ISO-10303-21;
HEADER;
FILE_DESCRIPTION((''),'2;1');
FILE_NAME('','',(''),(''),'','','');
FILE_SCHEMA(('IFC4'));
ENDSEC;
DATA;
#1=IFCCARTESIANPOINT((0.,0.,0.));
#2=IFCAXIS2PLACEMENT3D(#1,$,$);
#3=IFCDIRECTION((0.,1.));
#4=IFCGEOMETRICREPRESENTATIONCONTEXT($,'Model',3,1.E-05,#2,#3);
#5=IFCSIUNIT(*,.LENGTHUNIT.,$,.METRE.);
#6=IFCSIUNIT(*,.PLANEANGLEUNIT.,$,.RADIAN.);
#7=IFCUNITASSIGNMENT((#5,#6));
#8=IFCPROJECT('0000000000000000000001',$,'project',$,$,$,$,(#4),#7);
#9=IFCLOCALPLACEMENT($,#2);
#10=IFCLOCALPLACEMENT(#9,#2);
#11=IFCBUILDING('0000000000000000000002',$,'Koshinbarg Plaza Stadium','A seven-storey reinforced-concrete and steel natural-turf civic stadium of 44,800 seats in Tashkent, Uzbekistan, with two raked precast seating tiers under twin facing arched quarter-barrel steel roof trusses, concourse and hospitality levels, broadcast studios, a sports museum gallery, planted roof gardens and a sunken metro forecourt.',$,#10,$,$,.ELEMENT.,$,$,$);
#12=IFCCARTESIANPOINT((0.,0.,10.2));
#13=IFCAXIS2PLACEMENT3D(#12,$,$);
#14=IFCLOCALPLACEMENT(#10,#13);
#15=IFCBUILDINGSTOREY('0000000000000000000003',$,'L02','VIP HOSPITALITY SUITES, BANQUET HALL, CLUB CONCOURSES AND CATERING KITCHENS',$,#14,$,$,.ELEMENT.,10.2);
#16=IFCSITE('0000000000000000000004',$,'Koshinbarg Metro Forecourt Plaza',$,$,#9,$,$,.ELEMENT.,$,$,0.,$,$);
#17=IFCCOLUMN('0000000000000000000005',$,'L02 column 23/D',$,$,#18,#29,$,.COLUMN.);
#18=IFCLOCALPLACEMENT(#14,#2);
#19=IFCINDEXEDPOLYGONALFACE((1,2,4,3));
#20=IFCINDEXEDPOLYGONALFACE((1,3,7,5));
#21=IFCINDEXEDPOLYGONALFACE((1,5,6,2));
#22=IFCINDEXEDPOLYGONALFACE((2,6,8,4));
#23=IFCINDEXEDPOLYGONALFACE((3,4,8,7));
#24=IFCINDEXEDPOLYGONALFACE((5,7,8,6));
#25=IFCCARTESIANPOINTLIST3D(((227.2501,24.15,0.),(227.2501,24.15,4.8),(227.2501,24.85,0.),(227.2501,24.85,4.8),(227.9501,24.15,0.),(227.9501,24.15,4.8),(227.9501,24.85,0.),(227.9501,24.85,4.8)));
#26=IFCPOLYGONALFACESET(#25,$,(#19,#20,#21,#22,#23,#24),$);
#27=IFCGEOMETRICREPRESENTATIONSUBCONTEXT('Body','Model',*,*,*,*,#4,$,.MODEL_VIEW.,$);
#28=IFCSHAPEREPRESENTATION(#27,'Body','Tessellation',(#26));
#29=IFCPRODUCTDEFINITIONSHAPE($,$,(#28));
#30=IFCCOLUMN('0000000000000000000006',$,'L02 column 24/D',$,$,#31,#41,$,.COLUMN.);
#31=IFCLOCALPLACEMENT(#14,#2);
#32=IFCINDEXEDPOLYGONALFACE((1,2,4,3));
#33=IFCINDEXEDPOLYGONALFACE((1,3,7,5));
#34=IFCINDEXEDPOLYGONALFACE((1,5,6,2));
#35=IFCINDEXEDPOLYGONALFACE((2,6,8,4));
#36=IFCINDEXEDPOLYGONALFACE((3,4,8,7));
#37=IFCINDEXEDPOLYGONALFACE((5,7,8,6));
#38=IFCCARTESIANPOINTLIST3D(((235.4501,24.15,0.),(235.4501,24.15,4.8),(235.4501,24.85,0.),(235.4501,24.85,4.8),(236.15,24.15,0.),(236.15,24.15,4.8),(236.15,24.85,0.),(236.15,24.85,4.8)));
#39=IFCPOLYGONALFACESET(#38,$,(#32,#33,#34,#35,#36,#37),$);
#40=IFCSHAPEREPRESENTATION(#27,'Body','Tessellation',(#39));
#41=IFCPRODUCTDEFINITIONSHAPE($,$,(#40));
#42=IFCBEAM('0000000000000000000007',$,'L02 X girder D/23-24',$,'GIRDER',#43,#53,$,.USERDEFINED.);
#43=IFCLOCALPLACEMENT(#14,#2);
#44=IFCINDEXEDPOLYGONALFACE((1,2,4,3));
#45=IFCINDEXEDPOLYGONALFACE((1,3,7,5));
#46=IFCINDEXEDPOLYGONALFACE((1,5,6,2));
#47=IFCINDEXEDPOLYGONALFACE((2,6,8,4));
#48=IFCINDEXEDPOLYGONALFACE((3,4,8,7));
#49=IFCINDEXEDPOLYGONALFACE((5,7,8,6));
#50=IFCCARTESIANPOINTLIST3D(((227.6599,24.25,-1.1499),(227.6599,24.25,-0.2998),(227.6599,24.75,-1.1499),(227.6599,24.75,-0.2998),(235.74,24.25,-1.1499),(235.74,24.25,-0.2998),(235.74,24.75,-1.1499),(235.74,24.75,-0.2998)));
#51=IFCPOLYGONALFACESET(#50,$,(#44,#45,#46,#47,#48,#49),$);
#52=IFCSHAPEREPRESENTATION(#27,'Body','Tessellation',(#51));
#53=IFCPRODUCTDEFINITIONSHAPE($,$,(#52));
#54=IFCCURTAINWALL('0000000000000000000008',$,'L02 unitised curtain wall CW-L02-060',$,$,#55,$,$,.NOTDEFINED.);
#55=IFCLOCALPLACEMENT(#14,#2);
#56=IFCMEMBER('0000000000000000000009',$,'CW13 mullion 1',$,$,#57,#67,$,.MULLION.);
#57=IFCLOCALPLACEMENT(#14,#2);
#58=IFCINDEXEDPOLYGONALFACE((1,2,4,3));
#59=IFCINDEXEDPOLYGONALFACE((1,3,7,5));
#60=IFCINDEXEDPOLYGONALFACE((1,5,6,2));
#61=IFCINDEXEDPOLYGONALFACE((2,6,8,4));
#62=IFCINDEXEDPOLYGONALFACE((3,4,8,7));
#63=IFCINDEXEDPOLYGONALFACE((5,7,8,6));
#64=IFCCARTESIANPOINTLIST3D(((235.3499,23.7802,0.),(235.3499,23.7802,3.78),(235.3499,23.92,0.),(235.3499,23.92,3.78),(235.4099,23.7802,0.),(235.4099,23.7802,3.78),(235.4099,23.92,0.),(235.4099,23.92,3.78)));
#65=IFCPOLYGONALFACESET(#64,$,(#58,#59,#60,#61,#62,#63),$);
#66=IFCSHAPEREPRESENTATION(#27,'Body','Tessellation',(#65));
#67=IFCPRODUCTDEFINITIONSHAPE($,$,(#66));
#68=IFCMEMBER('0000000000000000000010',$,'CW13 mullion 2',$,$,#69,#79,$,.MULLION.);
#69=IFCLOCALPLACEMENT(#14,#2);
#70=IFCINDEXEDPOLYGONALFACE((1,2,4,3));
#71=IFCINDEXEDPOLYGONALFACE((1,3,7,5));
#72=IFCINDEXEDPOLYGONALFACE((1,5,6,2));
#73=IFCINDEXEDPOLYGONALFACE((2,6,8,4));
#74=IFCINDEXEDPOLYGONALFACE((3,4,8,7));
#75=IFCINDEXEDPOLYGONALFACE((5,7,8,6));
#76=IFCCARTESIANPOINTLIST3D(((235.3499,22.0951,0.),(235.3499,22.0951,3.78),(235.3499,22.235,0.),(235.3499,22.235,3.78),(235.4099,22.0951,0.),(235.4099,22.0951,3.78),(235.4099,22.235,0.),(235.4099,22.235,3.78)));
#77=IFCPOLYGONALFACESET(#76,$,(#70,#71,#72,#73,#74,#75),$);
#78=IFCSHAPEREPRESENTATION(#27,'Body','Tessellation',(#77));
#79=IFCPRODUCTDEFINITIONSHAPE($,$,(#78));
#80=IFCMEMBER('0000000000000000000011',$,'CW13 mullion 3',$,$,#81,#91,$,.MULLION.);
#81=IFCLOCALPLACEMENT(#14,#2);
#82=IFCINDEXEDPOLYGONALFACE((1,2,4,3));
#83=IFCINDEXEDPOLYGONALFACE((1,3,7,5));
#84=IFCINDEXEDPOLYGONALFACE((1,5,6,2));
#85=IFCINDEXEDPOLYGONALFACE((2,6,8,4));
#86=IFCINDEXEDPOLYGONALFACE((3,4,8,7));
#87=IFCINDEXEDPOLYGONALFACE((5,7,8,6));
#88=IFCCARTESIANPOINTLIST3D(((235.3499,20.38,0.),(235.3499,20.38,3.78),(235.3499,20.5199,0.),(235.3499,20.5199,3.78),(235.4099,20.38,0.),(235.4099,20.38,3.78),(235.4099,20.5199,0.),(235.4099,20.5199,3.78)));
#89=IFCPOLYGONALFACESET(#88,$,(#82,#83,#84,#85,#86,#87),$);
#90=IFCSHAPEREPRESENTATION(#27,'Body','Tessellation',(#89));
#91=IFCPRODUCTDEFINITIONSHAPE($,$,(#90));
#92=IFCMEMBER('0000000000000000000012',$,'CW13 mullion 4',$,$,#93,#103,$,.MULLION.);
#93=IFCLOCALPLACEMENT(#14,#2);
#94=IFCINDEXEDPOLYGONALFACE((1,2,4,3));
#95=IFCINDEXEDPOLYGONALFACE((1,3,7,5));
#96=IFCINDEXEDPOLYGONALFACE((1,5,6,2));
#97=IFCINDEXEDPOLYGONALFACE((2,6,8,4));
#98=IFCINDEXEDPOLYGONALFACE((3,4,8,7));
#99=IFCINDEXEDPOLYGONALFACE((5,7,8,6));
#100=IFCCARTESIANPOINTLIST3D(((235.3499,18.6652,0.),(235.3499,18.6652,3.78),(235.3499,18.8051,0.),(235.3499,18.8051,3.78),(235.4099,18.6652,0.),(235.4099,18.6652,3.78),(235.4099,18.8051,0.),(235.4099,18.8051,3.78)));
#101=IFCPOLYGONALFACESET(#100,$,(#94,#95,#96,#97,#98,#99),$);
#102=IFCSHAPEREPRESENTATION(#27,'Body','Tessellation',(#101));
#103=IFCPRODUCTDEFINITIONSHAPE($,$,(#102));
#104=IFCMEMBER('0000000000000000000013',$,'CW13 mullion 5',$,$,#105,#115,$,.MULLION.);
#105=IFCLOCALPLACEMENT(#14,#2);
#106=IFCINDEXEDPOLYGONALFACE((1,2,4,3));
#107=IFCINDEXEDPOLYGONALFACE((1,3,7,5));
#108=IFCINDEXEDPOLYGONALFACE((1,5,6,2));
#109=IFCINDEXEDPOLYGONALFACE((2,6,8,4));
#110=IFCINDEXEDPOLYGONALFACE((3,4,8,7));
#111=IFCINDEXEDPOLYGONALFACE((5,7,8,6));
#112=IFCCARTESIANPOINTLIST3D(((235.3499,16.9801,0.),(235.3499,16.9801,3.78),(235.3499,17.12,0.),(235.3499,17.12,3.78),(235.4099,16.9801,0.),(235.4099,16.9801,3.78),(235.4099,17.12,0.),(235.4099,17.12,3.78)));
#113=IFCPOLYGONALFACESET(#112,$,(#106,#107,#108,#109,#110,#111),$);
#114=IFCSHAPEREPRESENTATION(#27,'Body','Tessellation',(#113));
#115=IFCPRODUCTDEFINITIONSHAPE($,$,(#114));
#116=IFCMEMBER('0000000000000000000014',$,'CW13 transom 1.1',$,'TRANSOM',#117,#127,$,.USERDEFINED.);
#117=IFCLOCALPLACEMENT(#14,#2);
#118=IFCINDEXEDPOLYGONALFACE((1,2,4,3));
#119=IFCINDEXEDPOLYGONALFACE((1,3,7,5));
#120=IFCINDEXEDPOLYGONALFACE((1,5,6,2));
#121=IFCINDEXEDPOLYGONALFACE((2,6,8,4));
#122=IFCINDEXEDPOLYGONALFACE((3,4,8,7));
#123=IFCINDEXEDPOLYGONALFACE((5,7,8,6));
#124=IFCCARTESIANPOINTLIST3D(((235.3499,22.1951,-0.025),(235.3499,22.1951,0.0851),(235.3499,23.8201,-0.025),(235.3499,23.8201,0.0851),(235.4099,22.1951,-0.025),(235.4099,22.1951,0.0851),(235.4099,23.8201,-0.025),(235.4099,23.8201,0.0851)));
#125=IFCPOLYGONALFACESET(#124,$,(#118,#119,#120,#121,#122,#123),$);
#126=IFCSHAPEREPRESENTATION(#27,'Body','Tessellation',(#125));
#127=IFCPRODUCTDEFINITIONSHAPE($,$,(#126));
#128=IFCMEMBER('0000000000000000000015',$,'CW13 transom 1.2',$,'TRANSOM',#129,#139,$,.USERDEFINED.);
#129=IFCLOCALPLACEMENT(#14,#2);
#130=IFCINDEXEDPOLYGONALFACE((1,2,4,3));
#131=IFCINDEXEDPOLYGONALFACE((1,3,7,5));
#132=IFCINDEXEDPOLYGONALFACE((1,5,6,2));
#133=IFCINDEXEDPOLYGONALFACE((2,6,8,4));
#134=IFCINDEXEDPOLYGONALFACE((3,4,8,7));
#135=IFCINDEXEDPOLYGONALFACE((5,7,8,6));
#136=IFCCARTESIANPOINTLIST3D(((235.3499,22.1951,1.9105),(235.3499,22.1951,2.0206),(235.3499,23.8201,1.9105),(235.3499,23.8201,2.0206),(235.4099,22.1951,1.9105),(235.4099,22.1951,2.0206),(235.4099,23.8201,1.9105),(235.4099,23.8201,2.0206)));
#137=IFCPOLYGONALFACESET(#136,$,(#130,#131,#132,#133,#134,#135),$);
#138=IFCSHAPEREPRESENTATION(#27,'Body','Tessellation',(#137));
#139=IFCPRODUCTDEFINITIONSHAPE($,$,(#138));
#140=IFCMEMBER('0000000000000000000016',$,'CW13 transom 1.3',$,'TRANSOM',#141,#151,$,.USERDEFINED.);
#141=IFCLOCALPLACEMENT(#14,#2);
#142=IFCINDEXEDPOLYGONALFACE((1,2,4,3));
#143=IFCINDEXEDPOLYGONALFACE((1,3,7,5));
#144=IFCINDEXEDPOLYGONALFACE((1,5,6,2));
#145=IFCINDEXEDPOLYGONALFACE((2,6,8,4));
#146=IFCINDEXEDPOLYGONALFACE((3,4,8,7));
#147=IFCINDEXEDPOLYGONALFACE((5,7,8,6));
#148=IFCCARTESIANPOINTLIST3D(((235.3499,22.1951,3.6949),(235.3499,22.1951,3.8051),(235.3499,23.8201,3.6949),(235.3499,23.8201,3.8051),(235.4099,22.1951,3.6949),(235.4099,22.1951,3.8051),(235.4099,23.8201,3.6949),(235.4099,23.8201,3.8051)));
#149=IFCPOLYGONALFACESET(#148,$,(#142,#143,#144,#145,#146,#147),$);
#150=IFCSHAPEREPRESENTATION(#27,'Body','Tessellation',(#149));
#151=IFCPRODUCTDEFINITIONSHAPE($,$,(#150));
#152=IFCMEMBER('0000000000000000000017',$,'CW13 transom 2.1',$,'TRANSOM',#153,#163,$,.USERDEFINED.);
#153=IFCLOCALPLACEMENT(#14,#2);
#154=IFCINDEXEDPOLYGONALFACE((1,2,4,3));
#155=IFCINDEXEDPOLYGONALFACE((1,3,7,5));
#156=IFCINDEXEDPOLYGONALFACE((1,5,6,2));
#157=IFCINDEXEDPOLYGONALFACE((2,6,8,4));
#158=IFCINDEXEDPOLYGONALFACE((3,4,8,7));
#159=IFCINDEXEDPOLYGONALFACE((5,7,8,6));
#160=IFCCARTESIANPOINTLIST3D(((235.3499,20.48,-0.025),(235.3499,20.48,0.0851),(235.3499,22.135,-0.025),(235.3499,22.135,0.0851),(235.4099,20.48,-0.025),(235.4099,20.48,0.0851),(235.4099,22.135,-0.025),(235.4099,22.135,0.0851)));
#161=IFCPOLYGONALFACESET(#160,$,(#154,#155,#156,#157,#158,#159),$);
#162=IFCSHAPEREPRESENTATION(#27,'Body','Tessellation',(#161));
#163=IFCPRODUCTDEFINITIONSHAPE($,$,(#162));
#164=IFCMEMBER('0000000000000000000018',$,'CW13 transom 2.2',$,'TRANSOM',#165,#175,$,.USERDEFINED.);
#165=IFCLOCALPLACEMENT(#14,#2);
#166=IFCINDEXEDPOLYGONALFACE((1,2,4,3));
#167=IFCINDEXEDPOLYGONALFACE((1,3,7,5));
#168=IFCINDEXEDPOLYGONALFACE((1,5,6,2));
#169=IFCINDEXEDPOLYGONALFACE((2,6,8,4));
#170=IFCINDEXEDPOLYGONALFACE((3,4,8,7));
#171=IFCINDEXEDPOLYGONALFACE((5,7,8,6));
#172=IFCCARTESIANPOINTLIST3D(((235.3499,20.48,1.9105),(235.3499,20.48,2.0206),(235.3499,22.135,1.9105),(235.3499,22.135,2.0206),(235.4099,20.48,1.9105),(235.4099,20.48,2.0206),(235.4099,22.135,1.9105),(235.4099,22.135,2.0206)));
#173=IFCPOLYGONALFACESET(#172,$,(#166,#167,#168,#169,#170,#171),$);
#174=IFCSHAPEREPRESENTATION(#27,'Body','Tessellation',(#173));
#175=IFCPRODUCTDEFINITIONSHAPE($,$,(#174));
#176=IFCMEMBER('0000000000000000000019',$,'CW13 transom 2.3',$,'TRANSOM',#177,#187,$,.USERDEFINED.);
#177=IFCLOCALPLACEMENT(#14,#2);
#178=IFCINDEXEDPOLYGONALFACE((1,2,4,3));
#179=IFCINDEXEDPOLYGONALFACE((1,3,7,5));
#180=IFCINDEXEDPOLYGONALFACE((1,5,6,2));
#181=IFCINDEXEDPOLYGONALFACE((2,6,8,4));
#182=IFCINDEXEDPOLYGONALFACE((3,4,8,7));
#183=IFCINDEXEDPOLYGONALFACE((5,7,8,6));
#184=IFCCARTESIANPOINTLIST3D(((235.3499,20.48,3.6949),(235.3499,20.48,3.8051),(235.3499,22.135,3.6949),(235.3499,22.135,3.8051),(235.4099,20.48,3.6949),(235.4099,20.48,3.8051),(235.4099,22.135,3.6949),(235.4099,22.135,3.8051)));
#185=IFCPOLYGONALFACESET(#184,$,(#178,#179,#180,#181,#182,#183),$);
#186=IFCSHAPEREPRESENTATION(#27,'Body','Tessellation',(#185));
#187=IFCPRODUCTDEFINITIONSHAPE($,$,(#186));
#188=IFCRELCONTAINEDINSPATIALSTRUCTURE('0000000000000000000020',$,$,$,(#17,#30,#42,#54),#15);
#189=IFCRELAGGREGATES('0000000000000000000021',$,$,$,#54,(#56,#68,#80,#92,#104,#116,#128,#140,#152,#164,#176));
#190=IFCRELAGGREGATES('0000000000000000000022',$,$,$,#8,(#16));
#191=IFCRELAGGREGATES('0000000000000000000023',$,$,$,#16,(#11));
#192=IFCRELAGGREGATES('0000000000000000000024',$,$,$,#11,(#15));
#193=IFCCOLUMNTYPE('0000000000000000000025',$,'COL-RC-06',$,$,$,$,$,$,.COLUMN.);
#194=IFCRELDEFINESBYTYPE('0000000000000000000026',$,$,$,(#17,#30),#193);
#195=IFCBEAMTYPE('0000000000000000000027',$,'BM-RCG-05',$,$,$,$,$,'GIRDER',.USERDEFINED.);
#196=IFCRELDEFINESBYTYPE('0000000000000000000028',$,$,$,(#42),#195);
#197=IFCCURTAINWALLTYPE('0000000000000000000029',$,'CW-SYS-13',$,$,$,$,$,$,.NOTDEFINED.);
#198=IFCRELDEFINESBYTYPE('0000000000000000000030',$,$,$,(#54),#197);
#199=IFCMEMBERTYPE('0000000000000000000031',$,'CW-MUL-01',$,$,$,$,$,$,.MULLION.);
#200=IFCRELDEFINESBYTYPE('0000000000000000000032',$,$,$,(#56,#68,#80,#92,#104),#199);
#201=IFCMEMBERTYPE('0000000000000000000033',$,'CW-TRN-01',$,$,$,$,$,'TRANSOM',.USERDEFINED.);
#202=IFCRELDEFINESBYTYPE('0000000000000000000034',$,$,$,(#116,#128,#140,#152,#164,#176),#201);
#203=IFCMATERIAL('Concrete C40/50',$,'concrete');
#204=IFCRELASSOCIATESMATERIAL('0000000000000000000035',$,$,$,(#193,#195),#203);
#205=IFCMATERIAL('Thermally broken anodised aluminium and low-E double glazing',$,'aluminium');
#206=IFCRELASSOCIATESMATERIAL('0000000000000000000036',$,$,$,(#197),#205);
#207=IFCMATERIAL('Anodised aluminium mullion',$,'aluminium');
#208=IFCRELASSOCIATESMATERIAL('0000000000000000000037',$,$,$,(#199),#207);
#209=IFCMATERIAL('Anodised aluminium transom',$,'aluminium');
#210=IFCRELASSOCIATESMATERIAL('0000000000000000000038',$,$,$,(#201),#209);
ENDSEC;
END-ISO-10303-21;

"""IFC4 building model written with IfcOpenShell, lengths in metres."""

from ifc_helpers import new_model, si_unit, direction, frame, origin, origin_2d, place, context, subcontext, project, spatial, rectangle, extrude, material, material_profile, profile_set, type_object, element, aggregate, save


model = new_model("IFC4")

# Units and contexts
model_context = context("Model", 3, precision=1e-05, world=origin(), true_north=direction((0.0, 1.0)))
body_context = subcontext(model_context, "Body", "Model", "MODEL_VIEW")
ifc_project = project(units=[si_unit("LENGTHUNIT", "METRE"), si_unit("PLANEANGLEUNIT", "RADIAN")], contexts=[model_context])

# Site, building, storey
site_placement = place(None, origin())
site = spatial("IfcSite", under=ifc_project, at=site_placement, Name="Koshinbarg Metro Forecourt Plaza", CompositionType="ELEMENT", RefElevation=0.0)
building_placement = place(site_placement, origin())
building = spatial("IfcBuilding", under=site, at=building_placement, Name="Koshinbarg Plaza Stadium", Description="A seven-storey reinforced-concrete and steel natural-turf civic stadium of 44,800 seats in Tashkent, Uzbekistan, with two raked precast seating tiers under twin facing arched quarter-barrel steel roof trusses, concourse and hospitality levels, broadcast studios, a sports museum gallery, planted roof gardens and a sunken metro forecourt.", CompositionType="ELEMENT")
storey_placement = place(building_placement, frame((0.0, 0.0, 10.2)))
storey = spatial("IfcBuildingStorey", under=building, at=storey_placement, Name="L02", Description="VIP HOSPITALITY SUITES, BANQUET HALL, CLUB CONCOURSES AND CATERING KITCHENS", CompositionType="ELEMENT", Elevation=10.2)

# Columns
ifc_material_1 = material(Name="Concrete C40/50", Category="concrete")
ifc_material_profile_1 = material_profile(ifc_material_1, rectangle(XDim=0.7, YDim=0.7, at=origin_2d()), Name="RC 700x700")
ifc_profile_set_1 = profile_set([ifc_material_profile_1], Name="Concrete C40/50")
column_type = type_object("IfcColumnType", Name="COL-RC-06", PredefinedType="COLUMN", material=ifc_profile_set_1)
for number, where, z_axis, x_axis, name in (
    (1, (227.6001, 24.5, 0.0), (0.0, 0.0, 1.0), (1.0, 0.0, 0.0), "L02 column 23/D"),
    (2, (235.8, 24.5, 0.0), (0.0, 0.0, 1.0), (1.0, 0.0, 0.0), "L02 column 24/D"),
):
    element("IfcColumn", number, at=place(storey_placement, frame(where, z_axis=z_axis, x_axis=x_axis)), inside=storey, type_object=column_type, Name=name, PredefinedType="COLUMN", context=body_context, shape_type="SweptSolid", body=[
        extrude(rectangle(XDim=0.7, YDim=0.7, at=origin_2d()), origin(), (0.0, 0.0, 1.0), 4.8),
    ])

# Beam
ifc_material_profile_2 = material_profile(ifc_material_1, rectangle(XDim=0.5, YDim=0.8501, at=origin_2d()), Name="RC 500x850")
ifc_profile_set_2 = profile_set([ifc_material_profile_2], Name="Concrete C40/50")
beam_type = type_object("IfcBeamType", Name="BM-RCG-05", ElementType="GIRDER", PredefinedType="USERDEFINED", material=ifc_profile_set_2)
beam_placement = place(storey_placement, frame((227.6599, 24.5, -0.7249), z_axis=(1.0, 0.0, 0.0), x_axis=(0.0, 1.0, 0.0)))
element("IfcBeam", 3, at=beam_placement, inside=storey, type_object=beam_type, Name="L02 X girder D/23-24", ObjectType="GIRDER", PredefinedType="USERDEFINED", context=body_context, shape_type="SweptSolid", body=[
    extrude(rectangle(XDim=0.5, YDim=0.8501, at=origin_2d()), origin(), (0.0, 0.0, 1.0), 8.0801),
])

# Curtain wall, members
ifc_material_2 = material(Name="Thermally broken anodised aluminium and low-E double glazing", Category="aluminium")
curtain_wall_type = type_object("IfcCurtainWallType", Name="CW-SYS-13", PredefinedType="NOTDEFINED", material=ifc_material_2)
curtain_wall_placement = place(storey_placement, origin())
curtain_wall = element("IfcCurtainWall", 4, at=curtain_wall_placement, inside=storey, type_object=curtain_wall_type, Name="L02 unitised curtain wall CW-L02-060", PredefinedType="NOTDEFINED")
ifc_material_3 = material(Name="Anodised aluminium mullion", Category="aluminium")
ifc_material_profile_3 = material_profile(ifc_material_3, rectangle(XDim=0.0601, YDim=0.1399, at=origin_2d()), Name="ALU 60x140")
ifc_profile_set_3 = profile_set([ifc_material_profile_3], Name="Anodised aluminium mullion")
member_type_1 = type_object("IfcMemberType", Name="CW-MUL-01", PredefinedType="MULLION", material=ifc_profile_set_3)
member_1_placement = place(storey_placement, frame((235.3799, 23.8501, 0.0), z_axis=(0.0, 0.0, 1.0), x_axis=(1.0, 0.0, 0.0)))
member_1 = element("IfcMember", 5, at=member_1_placement, type_object=member_type_1, Name="CW13 mullion 1", PredefinedType="MULLION", context=body_context, shape_type="SweptSolid", body=[
    extrude(rectangle(XDim=0.0601, YDim=0.1399, at=origin_2d()), origin(), (0.0, 0.0, 1.0), 3.78),
])
member_2_placement = place(storey_placement, frame((235.3799, 22.165, 0.0), z_axis=(0.0, 0.0, 1.0), x_axis=(1.0, 0.0, 0.0)))
member_2 = element("IfcMember", 6, at=member_2_placement, type_object=member_type_1, Name="CW13 mullion 2", PredefinedType="MULLION", context=body_context, shape_type="SweptSolid", body=[
    extrude(rectangle(XDim=0.0601, YDim=0.1399, at=origin_2d()), origin(), (0.0, 0.0, 1.0), 3.78),
])
member_3_placement = place(storey_placement, frame((235.3799, 20.45, 0.0), z_axis=(0.0, 0.0, 1.0), x_axis=(1.0, 0.0, 0.0)))
member_3 = element("IfcMember", 7, at=member_3_placement, type_object=member_type_1, Name="CW13 mullion 3", PredefinedType="MULLION", context=body_context, shape_type="SweptSolid", body=[
    extrude(rectangle(XDim=0.0601, YDim=0.1399, at=origin_2d()), origin(), (0.0, 0.0, 1.0), 3.78),
])
member_4_placement = place(storey_placement, frame((235.3799, 18.7351, 0.0), z_axis=(0.0, 0.0, 1.0), x_axis=(1.0, 0.0, 0.0)))
member_4 = element("IfcMember", 8, at=member_4_placement, type_object=member_type_1, Name="CW13 mullion 4", PredefinedType="MULLION", context=body_context, shape_type="SweptSolid", body=[
    extrude(rectangle(XDim=0.0601, YDim=0.1399, at=origin_2d()), origin(), (0.0, 0.0, 1.0), 3.78),
])
member_5_placement = place(storey_placement, frame((235.3799, 17.05, 0.0), z_axis=(0.0, 0.0, 1.0), x_axis=(1.0, 0.0, 0.0)))
member_5 = element("IfcMember", 9, at=member_5_placement, type_object=member_type_1, Name="CW13 mullion 5", PredefinedType="MULLION", context=body_context, shape_type="SweptSolid", body=[
    extrude(rectangle(XDim=0.0601, YDim=0.1399, at=origin_2d()), origin(), (0.0, 0.0, 1.0), 3.78),
])
ifc_material_4 = material(Name="Anodised aluminium transom", Category="aluminium")
ifc_material_profile_4 = material_profile(ifc_material_4, rectangle(XDim=0.0601, YDim=0.1101, at=origin_2d()), Name="ALU 60x110")
ifc_profile_set_4 = profile_set([ifc_material_profile_4], Name="Anodised aluminium transom")
member_type_2 = type_object("IfcMemberType", Name="CW-TRN-01", ElementType="TRANSOM", PredefinedType="USERDEFINED", material=ifc_profile_set_4)
member_6_placement = place(storey_placement, frame((235.3799, 23.8201, 0.03), z_axis=(0.0, -1.0, 0.0), x_axis=(1.0, 0.0, 0.0)))
member_6 = element("IfcMember", 10, at=member_6_placement, type_object=member_type_2, Name="CW13 transom 1.1", ObjectType="TRANSOM", PredefinedType="USERDEFINED", context=body_context, shape_type="SweptSolid", body=[
    extrude(rectangle(XDim=0.0601, YDim=0.1101, at=origin_2d()), origin(), (0.0, 0.0, 1.0), 1.625),
])
member_7_placement = place(storey_placement, frame((235.3799, 23.8201, 1.9656), z_axis=(0.0, -1.0, 0.0), x_axis=(1.0, 0.0, 0.0)))
member_7 = element("IfcMember", 11, at=member_7_placement, type_object=member_type_2, Name="CW13 transom 1.2", ObjectType="TRANSOM", PredefinedType="USERDEFINED", context=body_context, shape_type="SweptSolid", body=[
    extrude(rectangle(XDim=0.0601, YDim=0.1101, at=origin_2d()), origin(), (0.0, 0.0, 1.0), 1.625),
])
member_8_placement = place(storey_placement, frame((235.3799, 23.8201, 3.75), z_axis=(0.0, -1.0, 0.0), x_axis=(1.0, 0.0, 0.0)))
member_8 = element("IfcMember", 12, at=member_8_placement, type_object=member_type_2, Name="CW13 transom 1.3", ObjectType="TRANSOM", PredefinedType="USERDEFINED", context=body_context, shape_type="SweptSolid", body=[
    extrude(rectangle(XDim=0.0601, YDim=0.1101, at=origin_2d()), origin(), (0.0, 0.0, 1.0), 1.625),
])
member_9_placement = place(storey_placement, frame((235.3799, 22.135, 0.03), z_axis=(0.0, -1.0, 0.0), x_axis=(1.0, 0.0, 0.0)))
member_9 = element("IfcMember", 13, at=member_9_placement, type_object=member_type_2, Name="CW13 transom 2.1", ObjectType="TRANSOM", PredefinedType="USERDEFINED", context=body_context, shape_type="SweptSolid", body=[
    extrude(rectangle(XDim=0.0601, YDim=0.1101, at=origin_2d()), origin(), (0.0, 0.0, 1.0), 1.655),
])
member_10_placement = place(storey_placement, frame((235.3799, 22.135, 1.9656), z_axis=(0.0, -1.0, 0.0), x_axis=(1.0, 0.0, 0.0)))
member_10 = element("IfcMember", 14, at=member_10_placement, type_object=member_type_2, Name="CW13 transom 2.2", ObjectType="TRANSOM", PredefinedType="USERDEFINED", context=body_context, shape_type="SweptSolid", body=[
    extrude(rectangle(XDim=0.0601, YDim=0.1101, at=origin_2d()), origin(), (0.0, 0.0, 1.0), 1.655),
])
member_11_placement = place(storey_placement, frame((235.3799, 22.135, 3.75), z_axis=(0.0, -1.0, 0.0), x_axis=(1.0, 0.0, 0.0)))
member_11 = element("IfcMember", 15, at=member_11_placement, type_object=member_type_2, Name="CW13 transom 2.3", ObjectType="TRANSOM", PredefinedType="USERDEFINED", context=body_context, shape_type="SweptSolid", body=[
    extrude(rectangle(XDim=0.0601, YDim=0.1101, at=origin_2d()), origin(), (0.0, 0.0, 1.0), 1.655),
])
aggregate(curtain_wall, [member_1, member_2, member_3, member_4, member_5, member_6, member_7, member_8, member_9, member_10, member_11])

save(model, "model.ifc")
